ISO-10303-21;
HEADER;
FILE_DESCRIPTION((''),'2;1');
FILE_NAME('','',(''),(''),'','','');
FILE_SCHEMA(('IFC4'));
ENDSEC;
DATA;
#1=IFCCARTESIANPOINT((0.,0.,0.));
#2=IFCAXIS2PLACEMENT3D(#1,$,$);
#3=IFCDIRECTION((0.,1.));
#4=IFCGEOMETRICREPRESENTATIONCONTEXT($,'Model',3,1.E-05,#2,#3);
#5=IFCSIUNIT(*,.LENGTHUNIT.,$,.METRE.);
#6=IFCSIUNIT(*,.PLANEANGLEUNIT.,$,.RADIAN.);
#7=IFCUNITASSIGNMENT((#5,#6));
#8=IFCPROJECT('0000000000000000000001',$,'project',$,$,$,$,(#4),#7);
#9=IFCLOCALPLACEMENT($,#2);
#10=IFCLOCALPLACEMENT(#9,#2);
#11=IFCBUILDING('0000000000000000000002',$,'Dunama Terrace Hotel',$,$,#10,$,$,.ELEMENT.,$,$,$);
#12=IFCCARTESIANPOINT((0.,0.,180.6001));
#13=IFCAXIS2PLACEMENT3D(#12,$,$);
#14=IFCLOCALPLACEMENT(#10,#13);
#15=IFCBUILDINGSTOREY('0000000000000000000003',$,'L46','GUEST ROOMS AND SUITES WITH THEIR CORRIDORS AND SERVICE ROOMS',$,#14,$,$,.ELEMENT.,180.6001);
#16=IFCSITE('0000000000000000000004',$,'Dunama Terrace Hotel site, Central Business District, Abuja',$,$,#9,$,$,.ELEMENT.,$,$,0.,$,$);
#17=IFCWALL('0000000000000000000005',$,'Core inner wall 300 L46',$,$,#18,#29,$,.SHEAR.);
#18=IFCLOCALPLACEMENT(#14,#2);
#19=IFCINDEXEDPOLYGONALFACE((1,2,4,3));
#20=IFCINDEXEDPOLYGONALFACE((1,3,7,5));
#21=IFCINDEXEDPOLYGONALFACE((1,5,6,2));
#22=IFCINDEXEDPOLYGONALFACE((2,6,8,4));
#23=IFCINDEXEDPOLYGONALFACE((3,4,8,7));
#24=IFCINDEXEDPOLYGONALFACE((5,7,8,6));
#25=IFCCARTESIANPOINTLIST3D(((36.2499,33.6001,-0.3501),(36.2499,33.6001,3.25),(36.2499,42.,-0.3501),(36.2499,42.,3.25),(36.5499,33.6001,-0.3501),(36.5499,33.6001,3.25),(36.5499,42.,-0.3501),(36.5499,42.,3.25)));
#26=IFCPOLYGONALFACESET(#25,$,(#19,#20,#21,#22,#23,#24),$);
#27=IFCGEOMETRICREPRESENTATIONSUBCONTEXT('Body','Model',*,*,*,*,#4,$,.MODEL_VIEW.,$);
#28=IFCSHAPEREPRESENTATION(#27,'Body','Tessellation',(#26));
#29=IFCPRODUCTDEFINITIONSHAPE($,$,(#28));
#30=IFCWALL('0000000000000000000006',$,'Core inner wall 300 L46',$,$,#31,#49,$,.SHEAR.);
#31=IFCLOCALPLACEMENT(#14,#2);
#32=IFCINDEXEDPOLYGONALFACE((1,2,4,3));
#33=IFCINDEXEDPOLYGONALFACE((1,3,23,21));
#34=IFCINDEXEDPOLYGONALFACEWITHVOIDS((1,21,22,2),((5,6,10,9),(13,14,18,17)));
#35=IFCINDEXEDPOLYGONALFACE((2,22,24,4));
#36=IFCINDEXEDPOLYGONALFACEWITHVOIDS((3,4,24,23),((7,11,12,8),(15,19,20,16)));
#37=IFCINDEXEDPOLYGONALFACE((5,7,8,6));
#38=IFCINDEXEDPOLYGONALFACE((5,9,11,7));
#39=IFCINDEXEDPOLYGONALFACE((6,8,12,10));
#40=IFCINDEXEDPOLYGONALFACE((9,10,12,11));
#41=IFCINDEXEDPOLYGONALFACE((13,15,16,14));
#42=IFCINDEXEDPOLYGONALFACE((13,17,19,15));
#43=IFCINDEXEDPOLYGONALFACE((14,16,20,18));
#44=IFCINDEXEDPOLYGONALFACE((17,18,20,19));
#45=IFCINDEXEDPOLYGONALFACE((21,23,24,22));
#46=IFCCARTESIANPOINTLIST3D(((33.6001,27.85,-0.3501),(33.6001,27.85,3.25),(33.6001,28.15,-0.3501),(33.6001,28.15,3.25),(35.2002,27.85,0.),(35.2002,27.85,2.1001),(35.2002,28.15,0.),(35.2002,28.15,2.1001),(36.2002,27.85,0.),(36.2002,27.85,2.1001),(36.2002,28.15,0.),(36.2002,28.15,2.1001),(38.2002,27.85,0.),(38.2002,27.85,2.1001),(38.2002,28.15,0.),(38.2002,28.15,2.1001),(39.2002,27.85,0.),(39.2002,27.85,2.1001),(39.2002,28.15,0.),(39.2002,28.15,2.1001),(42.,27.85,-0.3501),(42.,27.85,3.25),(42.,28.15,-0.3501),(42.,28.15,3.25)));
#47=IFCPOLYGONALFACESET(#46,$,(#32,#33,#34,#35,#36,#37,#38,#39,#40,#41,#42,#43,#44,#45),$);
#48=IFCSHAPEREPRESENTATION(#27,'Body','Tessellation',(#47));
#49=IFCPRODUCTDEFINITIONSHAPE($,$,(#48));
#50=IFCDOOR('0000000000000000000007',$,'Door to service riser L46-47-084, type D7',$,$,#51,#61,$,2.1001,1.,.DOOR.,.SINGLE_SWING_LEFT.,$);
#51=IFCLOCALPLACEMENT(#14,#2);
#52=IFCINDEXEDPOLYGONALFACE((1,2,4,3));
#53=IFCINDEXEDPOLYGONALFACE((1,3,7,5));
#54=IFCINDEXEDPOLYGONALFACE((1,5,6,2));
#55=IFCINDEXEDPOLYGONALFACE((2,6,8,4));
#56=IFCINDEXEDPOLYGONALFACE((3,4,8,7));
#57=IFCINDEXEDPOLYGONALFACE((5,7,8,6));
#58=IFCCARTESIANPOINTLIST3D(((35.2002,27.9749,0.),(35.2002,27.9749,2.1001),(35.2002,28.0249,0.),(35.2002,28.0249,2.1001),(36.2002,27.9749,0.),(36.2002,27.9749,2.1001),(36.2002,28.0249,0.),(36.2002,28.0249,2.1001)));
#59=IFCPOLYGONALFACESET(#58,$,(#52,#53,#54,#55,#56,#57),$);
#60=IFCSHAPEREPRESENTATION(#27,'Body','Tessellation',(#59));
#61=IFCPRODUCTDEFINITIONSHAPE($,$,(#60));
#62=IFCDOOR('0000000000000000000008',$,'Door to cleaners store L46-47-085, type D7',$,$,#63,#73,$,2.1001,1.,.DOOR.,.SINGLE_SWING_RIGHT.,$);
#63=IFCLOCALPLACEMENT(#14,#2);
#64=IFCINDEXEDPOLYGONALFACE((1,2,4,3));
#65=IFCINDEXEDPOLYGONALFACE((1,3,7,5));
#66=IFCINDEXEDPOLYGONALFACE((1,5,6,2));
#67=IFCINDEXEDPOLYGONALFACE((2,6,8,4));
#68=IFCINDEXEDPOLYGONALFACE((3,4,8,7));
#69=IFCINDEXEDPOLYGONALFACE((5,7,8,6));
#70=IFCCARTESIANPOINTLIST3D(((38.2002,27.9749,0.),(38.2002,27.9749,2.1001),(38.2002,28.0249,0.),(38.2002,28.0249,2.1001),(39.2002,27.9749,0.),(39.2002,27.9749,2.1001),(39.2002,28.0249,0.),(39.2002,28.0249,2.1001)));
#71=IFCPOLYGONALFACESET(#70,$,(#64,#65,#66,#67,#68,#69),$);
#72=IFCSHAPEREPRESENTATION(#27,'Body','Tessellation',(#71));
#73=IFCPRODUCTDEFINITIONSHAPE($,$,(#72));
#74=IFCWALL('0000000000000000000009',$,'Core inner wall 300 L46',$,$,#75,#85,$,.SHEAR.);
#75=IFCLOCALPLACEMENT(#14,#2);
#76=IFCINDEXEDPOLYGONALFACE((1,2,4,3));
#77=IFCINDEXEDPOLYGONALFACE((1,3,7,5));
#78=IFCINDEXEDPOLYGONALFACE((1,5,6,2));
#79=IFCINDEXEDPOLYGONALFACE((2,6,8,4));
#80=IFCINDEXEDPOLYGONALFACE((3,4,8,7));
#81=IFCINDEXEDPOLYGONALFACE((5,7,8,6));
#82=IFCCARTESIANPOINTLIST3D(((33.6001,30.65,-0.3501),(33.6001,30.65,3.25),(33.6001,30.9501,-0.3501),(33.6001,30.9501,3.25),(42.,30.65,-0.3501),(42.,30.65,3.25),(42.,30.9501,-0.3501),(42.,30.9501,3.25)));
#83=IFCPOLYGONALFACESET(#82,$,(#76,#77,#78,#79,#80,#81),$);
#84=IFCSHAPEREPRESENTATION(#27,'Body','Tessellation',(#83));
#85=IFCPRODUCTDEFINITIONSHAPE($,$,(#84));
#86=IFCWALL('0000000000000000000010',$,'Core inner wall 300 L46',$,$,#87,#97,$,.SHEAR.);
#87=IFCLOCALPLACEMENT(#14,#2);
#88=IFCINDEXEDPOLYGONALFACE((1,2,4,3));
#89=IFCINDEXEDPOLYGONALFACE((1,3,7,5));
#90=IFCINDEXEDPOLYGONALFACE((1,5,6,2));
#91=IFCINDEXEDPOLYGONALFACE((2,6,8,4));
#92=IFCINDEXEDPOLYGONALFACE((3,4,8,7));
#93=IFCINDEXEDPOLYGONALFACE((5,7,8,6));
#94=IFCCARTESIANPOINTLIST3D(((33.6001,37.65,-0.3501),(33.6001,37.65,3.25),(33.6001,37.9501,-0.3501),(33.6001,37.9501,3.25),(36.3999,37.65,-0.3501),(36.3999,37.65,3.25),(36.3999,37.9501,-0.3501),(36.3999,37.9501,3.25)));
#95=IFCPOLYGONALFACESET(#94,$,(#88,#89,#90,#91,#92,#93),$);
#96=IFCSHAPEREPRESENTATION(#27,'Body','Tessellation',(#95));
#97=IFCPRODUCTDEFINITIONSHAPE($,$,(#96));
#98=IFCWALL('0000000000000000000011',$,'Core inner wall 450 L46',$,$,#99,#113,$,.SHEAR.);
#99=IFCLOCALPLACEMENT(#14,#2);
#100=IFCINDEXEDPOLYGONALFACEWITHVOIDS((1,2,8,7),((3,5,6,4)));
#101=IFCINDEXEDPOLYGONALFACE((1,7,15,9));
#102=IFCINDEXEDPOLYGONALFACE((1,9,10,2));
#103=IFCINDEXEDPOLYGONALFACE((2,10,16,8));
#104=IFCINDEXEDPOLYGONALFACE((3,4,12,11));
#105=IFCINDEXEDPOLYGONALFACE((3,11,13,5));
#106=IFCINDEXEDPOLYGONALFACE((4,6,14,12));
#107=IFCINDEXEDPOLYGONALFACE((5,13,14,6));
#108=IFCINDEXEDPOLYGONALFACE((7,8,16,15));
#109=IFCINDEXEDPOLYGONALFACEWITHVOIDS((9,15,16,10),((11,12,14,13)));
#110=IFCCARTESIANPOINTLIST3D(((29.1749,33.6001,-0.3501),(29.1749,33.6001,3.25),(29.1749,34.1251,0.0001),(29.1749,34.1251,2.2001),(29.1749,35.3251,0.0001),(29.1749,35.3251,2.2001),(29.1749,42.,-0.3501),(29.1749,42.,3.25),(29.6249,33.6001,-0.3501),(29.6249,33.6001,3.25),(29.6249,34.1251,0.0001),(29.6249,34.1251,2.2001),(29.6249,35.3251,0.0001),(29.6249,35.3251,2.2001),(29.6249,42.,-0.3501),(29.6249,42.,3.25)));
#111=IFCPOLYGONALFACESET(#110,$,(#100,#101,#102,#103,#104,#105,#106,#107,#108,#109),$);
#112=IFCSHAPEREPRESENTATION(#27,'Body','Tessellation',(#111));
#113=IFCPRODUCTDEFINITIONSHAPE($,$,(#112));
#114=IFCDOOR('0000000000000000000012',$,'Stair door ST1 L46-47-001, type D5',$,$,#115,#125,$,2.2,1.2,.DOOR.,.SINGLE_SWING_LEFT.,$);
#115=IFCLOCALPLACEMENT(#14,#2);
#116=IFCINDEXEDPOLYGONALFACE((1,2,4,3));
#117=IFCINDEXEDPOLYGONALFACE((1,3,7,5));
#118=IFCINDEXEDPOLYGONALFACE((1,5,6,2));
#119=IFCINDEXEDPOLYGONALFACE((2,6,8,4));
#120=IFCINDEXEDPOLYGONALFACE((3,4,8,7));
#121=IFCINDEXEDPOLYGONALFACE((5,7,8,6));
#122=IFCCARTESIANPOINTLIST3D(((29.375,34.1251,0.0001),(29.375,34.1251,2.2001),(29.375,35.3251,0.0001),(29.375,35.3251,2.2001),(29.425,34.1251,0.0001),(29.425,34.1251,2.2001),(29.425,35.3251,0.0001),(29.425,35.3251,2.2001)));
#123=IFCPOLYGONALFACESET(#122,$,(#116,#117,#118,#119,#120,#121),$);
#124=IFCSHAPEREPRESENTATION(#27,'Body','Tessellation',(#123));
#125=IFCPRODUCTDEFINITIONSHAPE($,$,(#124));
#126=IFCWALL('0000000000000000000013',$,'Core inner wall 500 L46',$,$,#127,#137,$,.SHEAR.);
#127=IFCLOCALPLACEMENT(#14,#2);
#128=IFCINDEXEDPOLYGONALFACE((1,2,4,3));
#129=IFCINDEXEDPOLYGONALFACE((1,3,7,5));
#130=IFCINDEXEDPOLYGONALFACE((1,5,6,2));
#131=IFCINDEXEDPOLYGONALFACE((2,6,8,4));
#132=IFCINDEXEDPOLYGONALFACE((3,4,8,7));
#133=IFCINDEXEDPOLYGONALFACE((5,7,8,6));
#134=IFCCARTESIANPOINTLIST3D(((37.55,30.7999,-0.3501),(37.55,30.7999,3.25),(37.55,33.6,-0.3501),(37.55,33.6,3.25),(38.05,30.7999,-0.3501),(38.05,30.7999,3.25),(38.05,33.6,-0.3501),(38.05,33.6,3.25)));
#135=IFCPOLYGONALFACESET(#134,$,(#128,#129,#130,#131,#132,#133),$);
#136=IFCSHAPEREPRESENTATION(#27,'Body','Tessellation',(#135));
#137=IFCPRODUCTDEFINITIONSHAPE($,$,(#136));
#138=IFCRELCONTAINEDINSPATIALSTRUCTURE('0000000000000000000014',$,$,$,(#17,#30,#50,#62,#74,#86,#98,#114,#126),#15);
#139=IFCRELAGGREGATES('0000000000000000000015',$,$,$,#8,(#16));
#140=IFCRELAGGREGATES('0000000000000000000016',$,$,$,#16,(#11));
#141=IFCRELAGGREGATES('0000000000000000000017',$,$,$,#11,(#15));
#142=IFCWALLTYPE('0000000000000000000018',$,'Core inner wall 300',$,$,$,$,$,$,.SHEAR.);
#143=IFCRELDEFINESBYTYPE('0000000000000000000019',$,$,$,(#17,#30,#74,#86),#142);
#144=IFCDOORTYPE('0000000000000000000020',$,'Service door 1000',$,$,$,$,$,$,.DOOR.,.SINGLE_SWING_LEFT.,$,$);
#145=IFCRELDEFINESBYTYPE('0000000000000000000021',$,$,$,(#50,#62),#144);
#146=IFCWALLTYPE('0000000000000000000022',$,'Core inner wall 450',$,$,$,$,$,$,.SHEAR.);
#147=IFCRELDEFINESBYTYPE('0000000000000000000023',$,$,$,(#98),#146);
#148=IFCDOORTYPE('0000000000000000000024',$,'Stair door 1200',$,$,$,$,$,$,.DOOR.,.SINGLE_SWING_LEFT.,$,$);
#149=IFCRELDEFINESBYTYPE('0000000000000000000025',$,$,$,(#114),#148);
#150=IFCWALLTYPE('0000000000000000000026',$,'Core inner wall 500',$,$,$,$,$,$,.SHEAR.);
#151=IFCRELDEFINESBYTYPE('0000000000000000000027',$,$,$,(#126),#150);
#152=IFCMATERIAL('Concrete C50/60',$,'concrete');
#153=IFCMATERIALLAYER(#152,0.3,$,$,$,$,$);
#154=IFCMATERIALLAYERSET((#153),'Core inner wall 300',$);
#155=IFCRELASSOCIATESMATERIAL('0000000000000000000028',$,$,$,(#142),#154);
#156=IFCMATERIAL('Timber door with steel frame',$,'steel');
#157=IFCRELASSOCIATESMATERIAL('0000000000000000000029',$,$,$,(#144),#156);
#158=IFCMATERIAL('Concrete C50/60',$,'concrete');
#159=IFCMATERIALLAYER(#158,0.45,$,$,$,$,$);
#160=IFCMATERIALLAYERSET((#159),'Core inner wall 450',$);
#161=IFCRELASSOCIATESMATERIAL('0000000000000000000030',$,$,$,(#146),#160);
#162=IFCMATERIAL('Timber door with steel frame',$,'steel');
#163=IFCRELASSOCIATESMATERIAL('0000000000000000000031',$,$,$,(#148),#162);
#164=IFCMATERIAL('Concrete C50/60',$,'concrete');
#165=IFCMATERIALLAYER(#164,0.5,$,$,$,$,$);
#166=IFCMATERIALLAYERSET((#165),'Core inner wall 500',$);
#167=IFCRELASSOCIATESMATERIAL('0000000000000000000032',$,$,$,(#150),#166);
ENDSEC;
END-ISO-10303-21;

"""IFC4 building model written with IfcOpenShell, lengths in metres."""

from ifc_helpers import new_model, si_unit, direction, frame, frame_2d, origin, place, context, subcontext, project, spatial, rectangle, extrude, material, layer, layer_set, type_object, element, fill, save


model = new_model("IFC4")

# Units and contexts
model_context = context("Model", 3, precision=1e-05, world=origin(), true_north=direction((0.0, 1.0)))
body_context = subcontext(model_context, "Body", "Model", "MODEL_VIEW")
ifc_project = project(units=[si_unit("LENGTHUNIT", "METRE"), si_unit("PLANEANGLEUNIT", "RADIAN")], contexts=[model_context])

# Site, building, storey
site_placement = place(None, origin())
site = spatial("IfcSite", under=ifc_project, at=site_placement, Name="Dunama Terrace Hotel site, Central Business District, Abuja", CompositionType="ELEMENT", RefElevation=0.0)
building_placement = place(site_placement, origin())
building = spatial("IfcBuilding", under=site, at=building_placement, Name="Dunama Terrace Hotel", CompositionType="ELEMENT")
storey_placement = place(building_placement, frame((0.0, 0.0, 180.6001)))
storey = spatial("IfcBuildingStorey", under=building, at=storey_placement, Name="L46", Description="GUEST ROOMS AND SUITES WITH THEIR CORRIDORS AND SERVICE ROOMS", CompositionType="ELEMENT", Elevation=180.6001)

# Wall
ifc_material_1 = material(Name="Concrete C50/60", Category="concrete")
ifc_layer_1 = layer(ifc_material_1, 0.3)
ifc_layer_set_1 = layer_set([ifc_layer_1], Name="Core inner wall 300")
wall_type_1 = type_object("IfcWallType", Name="Core inner wall 300", PredefinedType="SHEAR", material=ifc_layer_set_1)
wall_1_placement = place(storey_placement, frame((36.3999, 33.6001, -0.3501), z_axis=(0.0, 0.0, 1.0), x_axis=(0.0, 1.0, 0.0)))
element("IfcWall", 1, at=wall_1_placement, inside=storey, type_object=wall_type_1, Name="Core inner wall 300 L46", PredefinedType="SHEAR", context=body_context, shape_type="SweptSolid", body=[
    extrude(rectangle(XDim=8.3999, YDim=0.3, at=frame_2d((4.2, 0.0))), origin(), (0.0, 0.0, 1.0), 3.6001),
])

# Wall, openings, doors
wall_2_placement = place(storey_placement, frame((33.6001, 28.0, -0.3501), z_axis=(0.0, 0.0, 1.0), x_axis=(1.0, 0.0, 0.0)))
wall_2 = element("IfcWall", 2, at=wall_2_placement, inside=storey, type_object=wall_type_1, Name="Core inner wall 300 L46", PredefinedType="SHEAR", context=body_context, shape_type="SweptSolid", body=[
    extrude(rectangle(XDim=8.3999, YDim=0.3, at=frame_2d((4.2, 0.0))), origin(), (0.0, 0.0, 1.0), 3.6001),
])
opening_1_placement = place(wall_2_placement, frame((1.6001, 0.0, 0.3501)))
opening_1 = element("IfcOpeningElement", 3, at=opening_1_placement, cuts=wall_2, PredefinedType="OPENING", context=body_context, shape_type="SweptSolid", body=[
    extrude(rectangle(XDim=1.0, YDim=2.1001, at=frame_2d((0.5, 1.05))), frame((0.0, 0.1599, 0.0), z_axis=(0.0, -1.0, 0.0), x_axis=(1.0, 0.0, 0.0)), (0.0, 0.0, 1.0), 0.3201),
])
opening_2_placement = place(wall_2_placement, frame((4.6001, 0.0, 0.3501)))
opening_2 = element("IfcOpeningElement", 4, at=opening_2_placement, cuts=wall_2, PredefinedType="OPENING", context=body_context, shape_type="SweptSolid", body=[
    extrude(rectangle(XDim=1.0, YDim=2.1001, at=frame_2d((0.5, 1.05))), frame((0.0, 0.1599, 0.0), z_axis=(0.0, -1.0, 0.0), x_axis=(1.0, 0.0, 0.0)), (0.0, 0.0, 1.0), 0.3201),
])
ifc_material_2 = material(Name="Timber door with steel frame", Category="steel")
door_type_1 = type_object("IfcDoorType", Name="Service door 1000", OperationType="SINGLE_SWING_LEFT", PredefinedType="DOOR", material=ifc_material_2)
door_1_placement = place(opening_1_placement, frame((1.0, 0.0, 0.0), z_axis=(0.0, 0.0, 1.0), x_axis=(-1.0, 0.0, 0.0)))
door_1 = element("IfcDoor", 5, at=door_1_placement, inside=storey, type_object=door_type_1, Name="Door to service riser L46-47-084, type D7", OperationType="SINGLE_SWING_LEFT", OverallHeight=2.1001, OverallWidth=1.0, PredefinedType="DOOR", context=body_context, shape_type="SweptSolid", body=[
    extrude(rectangle(XDim=1.0, YDim=2.1001, at=frame_2d((0.5, 1.05))), frame((0.0, 0.0251, 0.0), z_axis=(0.0, -1.0, 0.0), x_axis=(1.0, 0.0, 0.0)), (0.0, 0.0, 1.0), 0.05),
])
fill(opening_1, door_1)
door_2_placement = place(opening_2_placement, frame((1.0, 0.0, 0.0), z_axis=(0.0, 0.0, 1.0), x_axis=(-1.0, 0.0, 0.0)))
door_2 = element("IfcDoor", 6, at=door_2_placement, inside=storey, type_object=door_type_1, Name="Door to cleaners store L46-47-085, type D7", OperationType="SINGLE_SWING_RIGHT", OverallHeight=2.1001, OverallWidth=1.0, PredefinedType="DOOR", context=body_context, shape_type="SweptSolid", body=[
    extrude(rectangle(XDim=1.0, YDim=2.1001, at=frame_2d((0.5, 1.05))), frame((0.0, 0.0251, 0.0), z_axis=(0.0, -1.0, 0.0), x_axis=(1.0, 0.0, 0.0)), (0.0, 0.0, 1.0), 0.05),
])
fill(opening_2, door_2)

# Walls
wall_3_placement = place(storey_placement, frame((33.6001, 30.8, -0.3501), z_axis=(0.0, 0.0, 1.0), x_axis=(1.0, 0.0, 0.0)))
element("IfcWall", 7, at=wall_3_placement, inside=storey, type_object=wall_type_1, Name="Core inner wall 300 L46", PredefinedType="SHEAR", context=body_context, shape_type="SweptSolid", body=[
    extrude(rectangle(XDim=8.3999, YDim=0.3, at=frame_2d((4.2, 0.0))), origin(), (0.0, 0.0, 1.0), 3.6001),
])
wall_4_placement = place(storey_placement, frame((33.6001, 37.8, -0.3501), z_axis=(0.0, 0.0, 1.0), x_axis=(1.0, 0.0, 0.0)))
element("IfcWall", 8, at=wall_4_placement, inside=storey, type_object=wall_type_1, Name="Core inner wall 300 L46", PredefinedType="SHEAR", context=body_context, shape_type="SweptSolid", body=[
    extrude(rectangle(XDim=2.7998, YDim=0.3, at=frame_2d((1.3999, 0.0))), origin(), (0.0, 0.0, 1.0), 3.6001),
])

# Wall, opening, door
ifc_material_3 = material(Name="Concrete C50/60", Category="concrete")
ifc_layer_2 = layer(ifc_material_3, 0.45)
ifc_layer_set_2 = layer_set([ifc_layer_2], Name="Core inner wall 450")
wall_type_2 = type_object("IfcWallType", Name="Core inner wall 450", PredefinedType="SHEAR", material=ifc_layer_set_2)
wall_5_placement = place(storey_placement, frame((29.3999, 33.6001, -0.3501), z_axis=(0.0, 0.0, 1.0), x_axis=(0.0, 1.0, 0.0)))
wall_5 = element("IfcWall", 9, at=wall_5_placement, inside=storey, type_object=wall_type_2, Name="Core inner wall 450 L46", PredefinedType="SHEAR", context=body_context, shape_type="SweptSolid", body=[
    extrude(rectangle(XDim=8.3999, YDim=0.45, at=frame_2d((4.2, 0.0))), origin(), (0.0, 0.0, 1.0), 3.6001),
])
opening_3_placement = place(wall_5_placement, frame((0.5249, 0.0, 0.3501)))
opening_3 = element("IfcOpeningElement", 10, at=opening_3_placement, cuts=wall_5, PredefinedType="OPENING", context=body_context, shape_type="SweptSolid", body=[
    extrude(rectangle(XDim=1.2, YDim=2.2, at=frame_2d((0.6001, 1.1001))), frame((0.0, 0.2349, 0.0), z_axis=(0.0, -1.0, 0.0), x_axis=(1.0, 0.0, 0.0)), (0.0, 0.0, 1.0), 0.47),
])
ifc_material_4 = material(Name="Timber door with steel frame", Category="steel")
door_type_2 = type_object("IfcDoorType", Name="Stair door 1200", OperationType="SINGLE_SWING_LEFT", PredefinedType="DOOR", material=ifc_material_4)
door_3_placement = place(opening_3_placement, origin())
door_3 = element("IfcDoor", 11, at=door_3_placement, inside=storey, type_object=door_type_2, Name="Stair door ST1 L46-47-001, type D5", OperationType="SINGLE_SWING_LEFT", OverallHeight=2.2, OverallWidth=1.2, PredefinedType="DOOR", context=body_context, shape_type="SweptSolid", body=[
    extrude(rectangle(XDim=1.2, YDim=2.2, at=frame_2d((0.6001, 1.1001))), frame((0.0, 0.0249, 0.0), z_axis=(0.0, -1.0, 0.0), x_axis=(1.0, 0.0, 0.0)), (0.0, 0.0, 1.0), 0.05),
])
fill(opening_3, door_3)

# Wall
ifc_material_5 = material(Name="Concrete C50/60", Category="concrete")
ifc_layer_3 = layer(ifc_material_5, 0.5)
ifc_layer_set_3 = layer_set([ifc_layer_3], Name="Core inner wall 500")
wall_type_3 = type_object("IfcWallType", Name="Core inner wall 500", PredefinedType="SHEAR", material=ifc_layer_set_3)
wall_6_placement = place(storey_placement, frame((37.8, 30.8, -0.3501), z_axis=(0.0, 0.0, 1.0), x_axis=(0.0, 1.0, 0.0)))
element("IfcWall", 12, at=wall_6_placement, inside=storey, type_object=wall_type_3, Name="Core inner wall 500 L46", PredefinedType="SHEAR", context=body_context, shape_type="SweptSolid", body=[
    extrude(rectangle(XDim=2.8, YDim=0.5, at=frame_2d((1.3999, 0.0))), origin(), (0.0, 0.0, 1.0), 3.6001),
])

save(model, "model.ifc")
